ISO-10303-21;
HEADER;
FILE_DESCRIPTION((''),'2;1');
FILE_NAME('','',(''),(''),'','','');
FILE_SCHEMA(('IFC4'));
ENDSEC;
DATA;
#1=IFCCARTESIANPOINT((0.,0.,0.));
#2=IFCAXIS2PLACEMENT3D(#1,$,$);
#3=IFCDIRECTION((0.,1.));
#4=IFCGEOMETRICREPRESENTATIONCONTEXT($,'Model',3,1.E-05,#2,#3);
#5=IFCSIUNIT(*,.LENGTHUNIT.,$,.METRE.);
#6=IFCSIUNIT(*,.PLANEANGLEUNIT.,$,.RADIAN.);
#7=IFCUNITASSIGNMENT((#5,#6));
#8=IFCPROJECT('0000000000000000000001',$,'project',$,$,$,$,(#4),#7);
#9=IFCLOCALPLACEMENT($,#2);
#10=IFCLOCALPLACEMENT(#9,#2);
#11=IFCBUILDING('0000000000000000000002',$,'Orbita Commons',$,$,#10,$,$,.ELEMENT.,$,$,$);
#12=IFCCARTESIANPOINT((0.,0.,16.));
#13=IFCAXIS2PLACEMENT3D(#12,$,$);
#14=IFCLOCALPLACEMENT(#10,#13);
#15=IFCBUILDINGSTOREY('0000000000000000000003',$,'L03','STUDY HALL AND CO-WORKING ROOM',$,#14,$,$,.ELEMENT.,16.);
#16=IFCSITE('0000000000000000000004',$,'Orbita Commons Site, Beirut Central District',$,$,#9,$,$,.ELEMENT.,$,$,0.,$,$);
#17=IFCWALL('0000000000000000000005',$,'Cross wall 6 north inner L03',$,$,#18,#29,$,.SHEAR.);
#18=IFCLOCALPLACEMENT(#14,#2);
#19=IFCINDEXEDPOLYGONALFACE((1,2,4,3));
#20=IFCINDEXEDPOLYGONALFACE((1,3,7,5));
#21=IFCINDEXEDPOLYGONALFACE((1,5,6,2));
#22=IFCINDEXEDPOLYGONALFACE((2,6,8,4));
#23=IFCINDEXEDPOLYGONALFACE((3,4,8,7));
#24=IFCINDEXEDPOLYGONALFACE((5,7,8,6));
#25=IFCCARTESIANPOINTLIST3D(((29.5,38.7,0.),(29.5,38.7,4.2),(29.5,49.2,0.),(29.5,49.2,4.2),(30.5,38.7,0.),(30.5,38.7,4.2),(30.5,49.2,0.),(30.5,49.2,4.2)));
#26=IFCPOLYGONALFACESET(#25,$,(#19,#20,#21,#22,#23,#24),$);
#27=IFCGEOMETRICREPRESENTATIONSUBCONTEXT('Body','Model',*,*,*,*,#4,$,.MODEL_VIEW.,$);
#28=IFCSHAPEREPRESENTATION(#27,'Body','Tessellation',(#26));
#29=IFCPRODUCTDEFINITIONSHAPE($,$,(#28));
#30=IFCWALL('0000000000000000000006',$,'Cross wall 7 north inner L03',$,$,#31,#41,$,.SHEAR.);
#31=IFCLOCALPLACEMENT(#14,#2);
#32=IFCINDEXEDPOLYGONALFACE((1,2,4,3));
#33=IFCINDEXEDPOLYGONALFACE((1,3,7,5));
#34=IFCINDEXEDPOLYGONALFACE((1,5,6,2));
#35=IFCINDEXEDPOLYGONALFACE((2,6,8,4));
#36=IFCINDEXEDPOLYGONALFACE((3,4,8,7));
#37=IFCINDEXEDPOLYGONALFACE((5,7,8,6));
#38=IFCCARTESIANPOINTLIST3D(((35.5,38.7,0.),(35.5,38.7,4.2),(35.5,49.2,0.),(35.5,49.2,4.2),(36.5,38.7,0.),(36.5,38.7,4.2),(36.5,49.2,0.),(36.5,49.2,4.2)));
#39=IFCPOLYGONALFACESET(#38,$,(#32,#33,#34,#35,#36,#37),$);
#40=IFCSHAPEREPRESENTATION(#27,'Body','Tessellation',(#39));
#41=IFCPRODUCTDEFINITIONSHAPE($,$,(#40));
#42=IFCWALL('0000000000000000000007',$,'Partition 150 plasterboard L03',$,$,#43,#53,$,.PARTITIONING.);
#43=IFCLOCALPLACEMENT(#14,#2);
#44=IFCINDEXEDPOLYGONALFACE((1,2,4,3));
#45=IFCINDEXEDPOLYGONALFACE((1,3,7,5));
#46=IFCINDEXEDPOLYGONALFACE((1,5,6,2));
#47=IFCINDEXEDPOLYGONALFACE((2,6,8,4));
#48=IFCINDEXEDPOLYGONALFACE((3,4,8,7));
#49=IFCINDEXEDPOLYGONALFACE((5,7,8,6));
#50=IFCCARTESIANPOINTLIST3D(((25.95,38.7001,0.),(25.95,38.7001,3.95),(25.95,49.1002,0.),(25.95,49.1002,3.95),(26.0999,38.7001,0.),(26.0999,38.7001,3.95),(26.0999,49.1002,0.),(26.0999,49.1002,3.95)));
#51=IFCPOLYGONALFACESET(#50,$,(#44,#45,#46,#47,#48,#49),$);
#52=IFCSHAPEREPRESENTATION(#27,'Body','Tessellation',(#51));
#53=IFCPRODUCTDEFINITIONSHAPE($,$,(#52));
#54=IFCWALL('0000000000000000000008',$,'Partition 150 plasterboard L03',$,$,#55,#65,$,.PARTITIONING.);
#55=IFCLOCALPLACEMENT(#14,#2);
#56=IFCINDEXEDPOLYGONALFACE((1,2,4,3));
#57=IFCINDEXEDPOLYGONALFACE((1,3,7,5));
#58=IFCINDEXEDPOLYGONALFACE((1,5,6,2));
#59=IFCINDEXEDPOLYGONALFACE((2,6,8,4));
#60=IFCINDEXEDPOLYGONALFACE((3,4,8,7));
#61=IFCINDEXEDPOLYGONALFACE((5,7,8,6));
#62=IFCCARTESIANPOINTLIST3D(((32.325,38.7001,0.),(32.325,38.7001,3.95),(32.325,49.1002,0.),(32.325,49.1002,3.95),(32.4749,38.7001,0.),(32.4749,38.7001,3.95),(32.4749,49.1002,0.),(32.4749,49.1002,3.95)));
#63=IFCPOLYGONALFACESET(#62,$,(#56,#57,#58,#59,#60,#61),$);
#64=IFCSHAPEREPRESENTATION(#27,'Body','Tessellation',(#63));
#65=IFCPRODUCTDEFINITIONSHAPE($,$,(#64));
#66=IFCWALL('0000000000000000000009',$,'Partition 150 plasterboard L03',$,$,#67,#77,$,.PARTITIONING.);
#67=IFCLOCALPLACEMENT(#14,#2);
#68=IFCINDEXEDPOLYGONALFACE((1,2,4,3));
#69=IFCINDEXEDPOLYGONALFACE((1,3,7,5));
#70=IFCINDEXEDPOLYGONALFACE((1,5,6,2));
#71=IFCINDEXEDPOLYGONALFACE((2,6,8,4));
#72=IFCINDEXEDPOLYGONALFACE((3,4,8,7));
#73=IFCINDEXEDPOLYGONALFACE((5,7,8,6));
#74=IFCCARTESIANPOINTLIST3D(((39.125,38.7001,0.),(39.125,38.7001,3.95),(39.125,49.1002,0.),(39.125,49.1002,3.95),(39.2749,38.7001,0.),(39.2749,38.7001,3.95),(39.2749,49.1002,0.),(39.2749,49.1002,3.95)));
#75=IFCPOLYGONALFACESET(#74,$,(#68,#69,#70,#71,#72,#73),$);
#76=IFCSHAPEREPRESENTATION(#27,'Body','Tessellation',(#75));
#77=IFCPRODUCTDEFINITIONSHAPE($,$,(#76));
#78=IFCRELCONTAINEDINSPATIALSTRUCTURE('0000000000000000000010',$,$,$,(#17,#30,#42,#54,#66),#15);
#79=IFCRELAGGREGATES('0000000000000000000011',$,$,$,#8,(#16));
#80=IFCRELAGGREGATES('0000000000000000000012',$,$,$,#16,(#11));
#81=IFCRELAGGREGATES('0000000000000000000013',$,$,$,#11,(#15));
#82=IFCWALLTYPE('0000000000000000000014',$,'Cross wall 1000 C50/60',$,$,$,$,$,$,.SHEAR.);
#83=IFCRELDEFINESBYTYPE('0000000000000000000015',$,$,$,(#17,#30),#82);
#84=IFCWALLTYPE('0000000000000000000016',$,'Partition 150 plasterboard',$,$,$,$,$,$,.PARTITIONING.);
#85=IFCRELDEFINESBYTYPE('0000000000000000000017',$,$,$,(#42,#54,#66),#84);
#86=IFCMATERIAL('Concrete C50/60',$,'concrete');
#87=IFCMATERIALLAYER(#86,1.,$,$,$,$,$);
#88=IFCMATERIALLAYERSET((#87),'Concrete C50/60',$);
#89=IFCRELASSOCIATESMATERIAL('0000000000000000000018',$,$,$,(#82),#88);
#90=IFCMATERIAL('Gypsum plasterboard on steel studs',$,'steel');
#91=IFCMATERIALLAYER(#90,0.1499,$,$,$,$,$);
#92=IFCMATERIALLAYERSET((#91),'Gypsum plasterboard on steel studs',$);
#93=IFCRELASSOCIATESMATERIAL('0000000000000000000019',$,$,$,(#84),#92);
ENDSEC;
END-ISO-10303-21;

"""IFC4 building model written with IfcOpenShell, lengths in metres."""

from ifc_helpers import new_model, si_unit, direction, frame, frame_2d, origin, place, context, subcontext, project, spatial, rectangle, extrude, material, layer, layer_set, type_object, element, save


model = new_model("IFC4")

# Units and contexts
model_context = context("Model", 3, precision=1e-05, world=origin(), true_north=direction((0.0, 1.0)))
body_context = subcontext(model_context, "Body", "Model", "MODEL_VIEW")
ifc_project = project(units=[si_unit("LENGTHUNIT", "METRE"), si_unit("PLANEANGLEUNIT", "RADIAN")], contexts=[model_context])

# Site, building, storey
site_placement = place(None, origin())
site = spatial("IfcSite", under=ifc_project, at=site_placement, Name="Orbita Commons Site, Beirut Central District", CompositionType="ELEMENT", RefElevation=0.0)
building_placement = place(site_placement, origin())
building = spatial("IfcBuilding", under=site, at=building_placement, Name="Orbita Commons", CompositionType="ELEMENT")
storey_placement = place(building_placement, frame((0.0, 0.0, 16.0)))
storey = spatial("IfcBuildingStorey", under=building, at=storey_placement, Name="L03", Description="STUDY HALL AND CO-WORKING ROOM", CompositionType="ELEMENT", Elevation=16.0)

# Walls
ifc_material_1 = material(Name="Concrete C50/60", Category="concrete")
ifc_layer_1 = layer(ifc_material_1, 1.0)
ifc_layer_set_1 = layer_set([ifc_layer_1], Name="Concrete C50/60")
wall_type_1 = type_object("IfcWallType", Name="Cross wall 1000 C50/60", PredefinedType="SHEAR", material=ifc_layer_set_1)
for number, where, z_axis, x_axis, name in (
    (1, (30.0, 38.7, 0.0), (0.0, 0.0, 1.0), (0.0, 1.0, 0.0), "Cross wall 6 north inner L03"),
    (2, (36.0, 38.7, 0.0), (0.0, 0.0, 1.0), (0.0, 1.0, 0.0), "Cross wall 7 north inner L03"),
):
    element("IfcWall", number, at=place(storey_placement, frame(where, z_axis=z_axis, x_axis=x_axis)), inside=storey, type_object=wall_type_1, Name=name, PredefinedType="SHEAR", context=body_context, shape_type="SweptSolid", body=[
        extrude(rectangle(XDim=10.5, YDim=1.0, at=frame_2d((5.25, 0.0))), origin(), (0.0, 0.0, 1.0), 4.2),
    ])
ifc_material_2 = material(Name="Gypsum plasterboard on steel studs", Category="steel")
ifc_layer_2 = layer(ifc_material_2, 0.1499)
ifc_layer_set_2 = layer_set([ifc_layer_2], Name="Gypsum plasterboard on steel studs")
wall_type_2 = type_object("IfcWallType", Name="Partition 150 plasterboard", PredefinedType="PARTITIONING", material=ifc_layer_set_2)
for number, where, z_axis, x_axis, name in (
    (3, (26.0249, 38.7, 0.0), (0.0, 0.0, 1.0), (0.0, 1.0, 0.0), "Partition 150 plasterboard L03"),
    (4, (32.3999, 38.7, 0.0), (0.0, 0.0, 1.0), (0.0, 1.0, 0.0), "Partition 150 plasterboard L03"),
    (5, (39.2, 38.7, 0.0), (0.0, 0.0, 1.0), (0.0, 1.0, 0.0), "Partition 150 plasterboard L03"),
):
    element("IfcWall", number, at=place(storey_placement, frame(where, z_axis=z_axis, x_axis=x_axis)), inside=storey, type_object=wall_type_2, Name=name, PredefinedType="PARTITIONING", context=body_context, shape_type="SweptSolid", body=[
        extrude(rectangle(XDim=10.4001, YDim=0.1499, at=frame_2d((5.2002, 0.0))), origin(), (0.0, 0.0, 1.0), 3.95),
    ])

save(model, "model.ifc")
